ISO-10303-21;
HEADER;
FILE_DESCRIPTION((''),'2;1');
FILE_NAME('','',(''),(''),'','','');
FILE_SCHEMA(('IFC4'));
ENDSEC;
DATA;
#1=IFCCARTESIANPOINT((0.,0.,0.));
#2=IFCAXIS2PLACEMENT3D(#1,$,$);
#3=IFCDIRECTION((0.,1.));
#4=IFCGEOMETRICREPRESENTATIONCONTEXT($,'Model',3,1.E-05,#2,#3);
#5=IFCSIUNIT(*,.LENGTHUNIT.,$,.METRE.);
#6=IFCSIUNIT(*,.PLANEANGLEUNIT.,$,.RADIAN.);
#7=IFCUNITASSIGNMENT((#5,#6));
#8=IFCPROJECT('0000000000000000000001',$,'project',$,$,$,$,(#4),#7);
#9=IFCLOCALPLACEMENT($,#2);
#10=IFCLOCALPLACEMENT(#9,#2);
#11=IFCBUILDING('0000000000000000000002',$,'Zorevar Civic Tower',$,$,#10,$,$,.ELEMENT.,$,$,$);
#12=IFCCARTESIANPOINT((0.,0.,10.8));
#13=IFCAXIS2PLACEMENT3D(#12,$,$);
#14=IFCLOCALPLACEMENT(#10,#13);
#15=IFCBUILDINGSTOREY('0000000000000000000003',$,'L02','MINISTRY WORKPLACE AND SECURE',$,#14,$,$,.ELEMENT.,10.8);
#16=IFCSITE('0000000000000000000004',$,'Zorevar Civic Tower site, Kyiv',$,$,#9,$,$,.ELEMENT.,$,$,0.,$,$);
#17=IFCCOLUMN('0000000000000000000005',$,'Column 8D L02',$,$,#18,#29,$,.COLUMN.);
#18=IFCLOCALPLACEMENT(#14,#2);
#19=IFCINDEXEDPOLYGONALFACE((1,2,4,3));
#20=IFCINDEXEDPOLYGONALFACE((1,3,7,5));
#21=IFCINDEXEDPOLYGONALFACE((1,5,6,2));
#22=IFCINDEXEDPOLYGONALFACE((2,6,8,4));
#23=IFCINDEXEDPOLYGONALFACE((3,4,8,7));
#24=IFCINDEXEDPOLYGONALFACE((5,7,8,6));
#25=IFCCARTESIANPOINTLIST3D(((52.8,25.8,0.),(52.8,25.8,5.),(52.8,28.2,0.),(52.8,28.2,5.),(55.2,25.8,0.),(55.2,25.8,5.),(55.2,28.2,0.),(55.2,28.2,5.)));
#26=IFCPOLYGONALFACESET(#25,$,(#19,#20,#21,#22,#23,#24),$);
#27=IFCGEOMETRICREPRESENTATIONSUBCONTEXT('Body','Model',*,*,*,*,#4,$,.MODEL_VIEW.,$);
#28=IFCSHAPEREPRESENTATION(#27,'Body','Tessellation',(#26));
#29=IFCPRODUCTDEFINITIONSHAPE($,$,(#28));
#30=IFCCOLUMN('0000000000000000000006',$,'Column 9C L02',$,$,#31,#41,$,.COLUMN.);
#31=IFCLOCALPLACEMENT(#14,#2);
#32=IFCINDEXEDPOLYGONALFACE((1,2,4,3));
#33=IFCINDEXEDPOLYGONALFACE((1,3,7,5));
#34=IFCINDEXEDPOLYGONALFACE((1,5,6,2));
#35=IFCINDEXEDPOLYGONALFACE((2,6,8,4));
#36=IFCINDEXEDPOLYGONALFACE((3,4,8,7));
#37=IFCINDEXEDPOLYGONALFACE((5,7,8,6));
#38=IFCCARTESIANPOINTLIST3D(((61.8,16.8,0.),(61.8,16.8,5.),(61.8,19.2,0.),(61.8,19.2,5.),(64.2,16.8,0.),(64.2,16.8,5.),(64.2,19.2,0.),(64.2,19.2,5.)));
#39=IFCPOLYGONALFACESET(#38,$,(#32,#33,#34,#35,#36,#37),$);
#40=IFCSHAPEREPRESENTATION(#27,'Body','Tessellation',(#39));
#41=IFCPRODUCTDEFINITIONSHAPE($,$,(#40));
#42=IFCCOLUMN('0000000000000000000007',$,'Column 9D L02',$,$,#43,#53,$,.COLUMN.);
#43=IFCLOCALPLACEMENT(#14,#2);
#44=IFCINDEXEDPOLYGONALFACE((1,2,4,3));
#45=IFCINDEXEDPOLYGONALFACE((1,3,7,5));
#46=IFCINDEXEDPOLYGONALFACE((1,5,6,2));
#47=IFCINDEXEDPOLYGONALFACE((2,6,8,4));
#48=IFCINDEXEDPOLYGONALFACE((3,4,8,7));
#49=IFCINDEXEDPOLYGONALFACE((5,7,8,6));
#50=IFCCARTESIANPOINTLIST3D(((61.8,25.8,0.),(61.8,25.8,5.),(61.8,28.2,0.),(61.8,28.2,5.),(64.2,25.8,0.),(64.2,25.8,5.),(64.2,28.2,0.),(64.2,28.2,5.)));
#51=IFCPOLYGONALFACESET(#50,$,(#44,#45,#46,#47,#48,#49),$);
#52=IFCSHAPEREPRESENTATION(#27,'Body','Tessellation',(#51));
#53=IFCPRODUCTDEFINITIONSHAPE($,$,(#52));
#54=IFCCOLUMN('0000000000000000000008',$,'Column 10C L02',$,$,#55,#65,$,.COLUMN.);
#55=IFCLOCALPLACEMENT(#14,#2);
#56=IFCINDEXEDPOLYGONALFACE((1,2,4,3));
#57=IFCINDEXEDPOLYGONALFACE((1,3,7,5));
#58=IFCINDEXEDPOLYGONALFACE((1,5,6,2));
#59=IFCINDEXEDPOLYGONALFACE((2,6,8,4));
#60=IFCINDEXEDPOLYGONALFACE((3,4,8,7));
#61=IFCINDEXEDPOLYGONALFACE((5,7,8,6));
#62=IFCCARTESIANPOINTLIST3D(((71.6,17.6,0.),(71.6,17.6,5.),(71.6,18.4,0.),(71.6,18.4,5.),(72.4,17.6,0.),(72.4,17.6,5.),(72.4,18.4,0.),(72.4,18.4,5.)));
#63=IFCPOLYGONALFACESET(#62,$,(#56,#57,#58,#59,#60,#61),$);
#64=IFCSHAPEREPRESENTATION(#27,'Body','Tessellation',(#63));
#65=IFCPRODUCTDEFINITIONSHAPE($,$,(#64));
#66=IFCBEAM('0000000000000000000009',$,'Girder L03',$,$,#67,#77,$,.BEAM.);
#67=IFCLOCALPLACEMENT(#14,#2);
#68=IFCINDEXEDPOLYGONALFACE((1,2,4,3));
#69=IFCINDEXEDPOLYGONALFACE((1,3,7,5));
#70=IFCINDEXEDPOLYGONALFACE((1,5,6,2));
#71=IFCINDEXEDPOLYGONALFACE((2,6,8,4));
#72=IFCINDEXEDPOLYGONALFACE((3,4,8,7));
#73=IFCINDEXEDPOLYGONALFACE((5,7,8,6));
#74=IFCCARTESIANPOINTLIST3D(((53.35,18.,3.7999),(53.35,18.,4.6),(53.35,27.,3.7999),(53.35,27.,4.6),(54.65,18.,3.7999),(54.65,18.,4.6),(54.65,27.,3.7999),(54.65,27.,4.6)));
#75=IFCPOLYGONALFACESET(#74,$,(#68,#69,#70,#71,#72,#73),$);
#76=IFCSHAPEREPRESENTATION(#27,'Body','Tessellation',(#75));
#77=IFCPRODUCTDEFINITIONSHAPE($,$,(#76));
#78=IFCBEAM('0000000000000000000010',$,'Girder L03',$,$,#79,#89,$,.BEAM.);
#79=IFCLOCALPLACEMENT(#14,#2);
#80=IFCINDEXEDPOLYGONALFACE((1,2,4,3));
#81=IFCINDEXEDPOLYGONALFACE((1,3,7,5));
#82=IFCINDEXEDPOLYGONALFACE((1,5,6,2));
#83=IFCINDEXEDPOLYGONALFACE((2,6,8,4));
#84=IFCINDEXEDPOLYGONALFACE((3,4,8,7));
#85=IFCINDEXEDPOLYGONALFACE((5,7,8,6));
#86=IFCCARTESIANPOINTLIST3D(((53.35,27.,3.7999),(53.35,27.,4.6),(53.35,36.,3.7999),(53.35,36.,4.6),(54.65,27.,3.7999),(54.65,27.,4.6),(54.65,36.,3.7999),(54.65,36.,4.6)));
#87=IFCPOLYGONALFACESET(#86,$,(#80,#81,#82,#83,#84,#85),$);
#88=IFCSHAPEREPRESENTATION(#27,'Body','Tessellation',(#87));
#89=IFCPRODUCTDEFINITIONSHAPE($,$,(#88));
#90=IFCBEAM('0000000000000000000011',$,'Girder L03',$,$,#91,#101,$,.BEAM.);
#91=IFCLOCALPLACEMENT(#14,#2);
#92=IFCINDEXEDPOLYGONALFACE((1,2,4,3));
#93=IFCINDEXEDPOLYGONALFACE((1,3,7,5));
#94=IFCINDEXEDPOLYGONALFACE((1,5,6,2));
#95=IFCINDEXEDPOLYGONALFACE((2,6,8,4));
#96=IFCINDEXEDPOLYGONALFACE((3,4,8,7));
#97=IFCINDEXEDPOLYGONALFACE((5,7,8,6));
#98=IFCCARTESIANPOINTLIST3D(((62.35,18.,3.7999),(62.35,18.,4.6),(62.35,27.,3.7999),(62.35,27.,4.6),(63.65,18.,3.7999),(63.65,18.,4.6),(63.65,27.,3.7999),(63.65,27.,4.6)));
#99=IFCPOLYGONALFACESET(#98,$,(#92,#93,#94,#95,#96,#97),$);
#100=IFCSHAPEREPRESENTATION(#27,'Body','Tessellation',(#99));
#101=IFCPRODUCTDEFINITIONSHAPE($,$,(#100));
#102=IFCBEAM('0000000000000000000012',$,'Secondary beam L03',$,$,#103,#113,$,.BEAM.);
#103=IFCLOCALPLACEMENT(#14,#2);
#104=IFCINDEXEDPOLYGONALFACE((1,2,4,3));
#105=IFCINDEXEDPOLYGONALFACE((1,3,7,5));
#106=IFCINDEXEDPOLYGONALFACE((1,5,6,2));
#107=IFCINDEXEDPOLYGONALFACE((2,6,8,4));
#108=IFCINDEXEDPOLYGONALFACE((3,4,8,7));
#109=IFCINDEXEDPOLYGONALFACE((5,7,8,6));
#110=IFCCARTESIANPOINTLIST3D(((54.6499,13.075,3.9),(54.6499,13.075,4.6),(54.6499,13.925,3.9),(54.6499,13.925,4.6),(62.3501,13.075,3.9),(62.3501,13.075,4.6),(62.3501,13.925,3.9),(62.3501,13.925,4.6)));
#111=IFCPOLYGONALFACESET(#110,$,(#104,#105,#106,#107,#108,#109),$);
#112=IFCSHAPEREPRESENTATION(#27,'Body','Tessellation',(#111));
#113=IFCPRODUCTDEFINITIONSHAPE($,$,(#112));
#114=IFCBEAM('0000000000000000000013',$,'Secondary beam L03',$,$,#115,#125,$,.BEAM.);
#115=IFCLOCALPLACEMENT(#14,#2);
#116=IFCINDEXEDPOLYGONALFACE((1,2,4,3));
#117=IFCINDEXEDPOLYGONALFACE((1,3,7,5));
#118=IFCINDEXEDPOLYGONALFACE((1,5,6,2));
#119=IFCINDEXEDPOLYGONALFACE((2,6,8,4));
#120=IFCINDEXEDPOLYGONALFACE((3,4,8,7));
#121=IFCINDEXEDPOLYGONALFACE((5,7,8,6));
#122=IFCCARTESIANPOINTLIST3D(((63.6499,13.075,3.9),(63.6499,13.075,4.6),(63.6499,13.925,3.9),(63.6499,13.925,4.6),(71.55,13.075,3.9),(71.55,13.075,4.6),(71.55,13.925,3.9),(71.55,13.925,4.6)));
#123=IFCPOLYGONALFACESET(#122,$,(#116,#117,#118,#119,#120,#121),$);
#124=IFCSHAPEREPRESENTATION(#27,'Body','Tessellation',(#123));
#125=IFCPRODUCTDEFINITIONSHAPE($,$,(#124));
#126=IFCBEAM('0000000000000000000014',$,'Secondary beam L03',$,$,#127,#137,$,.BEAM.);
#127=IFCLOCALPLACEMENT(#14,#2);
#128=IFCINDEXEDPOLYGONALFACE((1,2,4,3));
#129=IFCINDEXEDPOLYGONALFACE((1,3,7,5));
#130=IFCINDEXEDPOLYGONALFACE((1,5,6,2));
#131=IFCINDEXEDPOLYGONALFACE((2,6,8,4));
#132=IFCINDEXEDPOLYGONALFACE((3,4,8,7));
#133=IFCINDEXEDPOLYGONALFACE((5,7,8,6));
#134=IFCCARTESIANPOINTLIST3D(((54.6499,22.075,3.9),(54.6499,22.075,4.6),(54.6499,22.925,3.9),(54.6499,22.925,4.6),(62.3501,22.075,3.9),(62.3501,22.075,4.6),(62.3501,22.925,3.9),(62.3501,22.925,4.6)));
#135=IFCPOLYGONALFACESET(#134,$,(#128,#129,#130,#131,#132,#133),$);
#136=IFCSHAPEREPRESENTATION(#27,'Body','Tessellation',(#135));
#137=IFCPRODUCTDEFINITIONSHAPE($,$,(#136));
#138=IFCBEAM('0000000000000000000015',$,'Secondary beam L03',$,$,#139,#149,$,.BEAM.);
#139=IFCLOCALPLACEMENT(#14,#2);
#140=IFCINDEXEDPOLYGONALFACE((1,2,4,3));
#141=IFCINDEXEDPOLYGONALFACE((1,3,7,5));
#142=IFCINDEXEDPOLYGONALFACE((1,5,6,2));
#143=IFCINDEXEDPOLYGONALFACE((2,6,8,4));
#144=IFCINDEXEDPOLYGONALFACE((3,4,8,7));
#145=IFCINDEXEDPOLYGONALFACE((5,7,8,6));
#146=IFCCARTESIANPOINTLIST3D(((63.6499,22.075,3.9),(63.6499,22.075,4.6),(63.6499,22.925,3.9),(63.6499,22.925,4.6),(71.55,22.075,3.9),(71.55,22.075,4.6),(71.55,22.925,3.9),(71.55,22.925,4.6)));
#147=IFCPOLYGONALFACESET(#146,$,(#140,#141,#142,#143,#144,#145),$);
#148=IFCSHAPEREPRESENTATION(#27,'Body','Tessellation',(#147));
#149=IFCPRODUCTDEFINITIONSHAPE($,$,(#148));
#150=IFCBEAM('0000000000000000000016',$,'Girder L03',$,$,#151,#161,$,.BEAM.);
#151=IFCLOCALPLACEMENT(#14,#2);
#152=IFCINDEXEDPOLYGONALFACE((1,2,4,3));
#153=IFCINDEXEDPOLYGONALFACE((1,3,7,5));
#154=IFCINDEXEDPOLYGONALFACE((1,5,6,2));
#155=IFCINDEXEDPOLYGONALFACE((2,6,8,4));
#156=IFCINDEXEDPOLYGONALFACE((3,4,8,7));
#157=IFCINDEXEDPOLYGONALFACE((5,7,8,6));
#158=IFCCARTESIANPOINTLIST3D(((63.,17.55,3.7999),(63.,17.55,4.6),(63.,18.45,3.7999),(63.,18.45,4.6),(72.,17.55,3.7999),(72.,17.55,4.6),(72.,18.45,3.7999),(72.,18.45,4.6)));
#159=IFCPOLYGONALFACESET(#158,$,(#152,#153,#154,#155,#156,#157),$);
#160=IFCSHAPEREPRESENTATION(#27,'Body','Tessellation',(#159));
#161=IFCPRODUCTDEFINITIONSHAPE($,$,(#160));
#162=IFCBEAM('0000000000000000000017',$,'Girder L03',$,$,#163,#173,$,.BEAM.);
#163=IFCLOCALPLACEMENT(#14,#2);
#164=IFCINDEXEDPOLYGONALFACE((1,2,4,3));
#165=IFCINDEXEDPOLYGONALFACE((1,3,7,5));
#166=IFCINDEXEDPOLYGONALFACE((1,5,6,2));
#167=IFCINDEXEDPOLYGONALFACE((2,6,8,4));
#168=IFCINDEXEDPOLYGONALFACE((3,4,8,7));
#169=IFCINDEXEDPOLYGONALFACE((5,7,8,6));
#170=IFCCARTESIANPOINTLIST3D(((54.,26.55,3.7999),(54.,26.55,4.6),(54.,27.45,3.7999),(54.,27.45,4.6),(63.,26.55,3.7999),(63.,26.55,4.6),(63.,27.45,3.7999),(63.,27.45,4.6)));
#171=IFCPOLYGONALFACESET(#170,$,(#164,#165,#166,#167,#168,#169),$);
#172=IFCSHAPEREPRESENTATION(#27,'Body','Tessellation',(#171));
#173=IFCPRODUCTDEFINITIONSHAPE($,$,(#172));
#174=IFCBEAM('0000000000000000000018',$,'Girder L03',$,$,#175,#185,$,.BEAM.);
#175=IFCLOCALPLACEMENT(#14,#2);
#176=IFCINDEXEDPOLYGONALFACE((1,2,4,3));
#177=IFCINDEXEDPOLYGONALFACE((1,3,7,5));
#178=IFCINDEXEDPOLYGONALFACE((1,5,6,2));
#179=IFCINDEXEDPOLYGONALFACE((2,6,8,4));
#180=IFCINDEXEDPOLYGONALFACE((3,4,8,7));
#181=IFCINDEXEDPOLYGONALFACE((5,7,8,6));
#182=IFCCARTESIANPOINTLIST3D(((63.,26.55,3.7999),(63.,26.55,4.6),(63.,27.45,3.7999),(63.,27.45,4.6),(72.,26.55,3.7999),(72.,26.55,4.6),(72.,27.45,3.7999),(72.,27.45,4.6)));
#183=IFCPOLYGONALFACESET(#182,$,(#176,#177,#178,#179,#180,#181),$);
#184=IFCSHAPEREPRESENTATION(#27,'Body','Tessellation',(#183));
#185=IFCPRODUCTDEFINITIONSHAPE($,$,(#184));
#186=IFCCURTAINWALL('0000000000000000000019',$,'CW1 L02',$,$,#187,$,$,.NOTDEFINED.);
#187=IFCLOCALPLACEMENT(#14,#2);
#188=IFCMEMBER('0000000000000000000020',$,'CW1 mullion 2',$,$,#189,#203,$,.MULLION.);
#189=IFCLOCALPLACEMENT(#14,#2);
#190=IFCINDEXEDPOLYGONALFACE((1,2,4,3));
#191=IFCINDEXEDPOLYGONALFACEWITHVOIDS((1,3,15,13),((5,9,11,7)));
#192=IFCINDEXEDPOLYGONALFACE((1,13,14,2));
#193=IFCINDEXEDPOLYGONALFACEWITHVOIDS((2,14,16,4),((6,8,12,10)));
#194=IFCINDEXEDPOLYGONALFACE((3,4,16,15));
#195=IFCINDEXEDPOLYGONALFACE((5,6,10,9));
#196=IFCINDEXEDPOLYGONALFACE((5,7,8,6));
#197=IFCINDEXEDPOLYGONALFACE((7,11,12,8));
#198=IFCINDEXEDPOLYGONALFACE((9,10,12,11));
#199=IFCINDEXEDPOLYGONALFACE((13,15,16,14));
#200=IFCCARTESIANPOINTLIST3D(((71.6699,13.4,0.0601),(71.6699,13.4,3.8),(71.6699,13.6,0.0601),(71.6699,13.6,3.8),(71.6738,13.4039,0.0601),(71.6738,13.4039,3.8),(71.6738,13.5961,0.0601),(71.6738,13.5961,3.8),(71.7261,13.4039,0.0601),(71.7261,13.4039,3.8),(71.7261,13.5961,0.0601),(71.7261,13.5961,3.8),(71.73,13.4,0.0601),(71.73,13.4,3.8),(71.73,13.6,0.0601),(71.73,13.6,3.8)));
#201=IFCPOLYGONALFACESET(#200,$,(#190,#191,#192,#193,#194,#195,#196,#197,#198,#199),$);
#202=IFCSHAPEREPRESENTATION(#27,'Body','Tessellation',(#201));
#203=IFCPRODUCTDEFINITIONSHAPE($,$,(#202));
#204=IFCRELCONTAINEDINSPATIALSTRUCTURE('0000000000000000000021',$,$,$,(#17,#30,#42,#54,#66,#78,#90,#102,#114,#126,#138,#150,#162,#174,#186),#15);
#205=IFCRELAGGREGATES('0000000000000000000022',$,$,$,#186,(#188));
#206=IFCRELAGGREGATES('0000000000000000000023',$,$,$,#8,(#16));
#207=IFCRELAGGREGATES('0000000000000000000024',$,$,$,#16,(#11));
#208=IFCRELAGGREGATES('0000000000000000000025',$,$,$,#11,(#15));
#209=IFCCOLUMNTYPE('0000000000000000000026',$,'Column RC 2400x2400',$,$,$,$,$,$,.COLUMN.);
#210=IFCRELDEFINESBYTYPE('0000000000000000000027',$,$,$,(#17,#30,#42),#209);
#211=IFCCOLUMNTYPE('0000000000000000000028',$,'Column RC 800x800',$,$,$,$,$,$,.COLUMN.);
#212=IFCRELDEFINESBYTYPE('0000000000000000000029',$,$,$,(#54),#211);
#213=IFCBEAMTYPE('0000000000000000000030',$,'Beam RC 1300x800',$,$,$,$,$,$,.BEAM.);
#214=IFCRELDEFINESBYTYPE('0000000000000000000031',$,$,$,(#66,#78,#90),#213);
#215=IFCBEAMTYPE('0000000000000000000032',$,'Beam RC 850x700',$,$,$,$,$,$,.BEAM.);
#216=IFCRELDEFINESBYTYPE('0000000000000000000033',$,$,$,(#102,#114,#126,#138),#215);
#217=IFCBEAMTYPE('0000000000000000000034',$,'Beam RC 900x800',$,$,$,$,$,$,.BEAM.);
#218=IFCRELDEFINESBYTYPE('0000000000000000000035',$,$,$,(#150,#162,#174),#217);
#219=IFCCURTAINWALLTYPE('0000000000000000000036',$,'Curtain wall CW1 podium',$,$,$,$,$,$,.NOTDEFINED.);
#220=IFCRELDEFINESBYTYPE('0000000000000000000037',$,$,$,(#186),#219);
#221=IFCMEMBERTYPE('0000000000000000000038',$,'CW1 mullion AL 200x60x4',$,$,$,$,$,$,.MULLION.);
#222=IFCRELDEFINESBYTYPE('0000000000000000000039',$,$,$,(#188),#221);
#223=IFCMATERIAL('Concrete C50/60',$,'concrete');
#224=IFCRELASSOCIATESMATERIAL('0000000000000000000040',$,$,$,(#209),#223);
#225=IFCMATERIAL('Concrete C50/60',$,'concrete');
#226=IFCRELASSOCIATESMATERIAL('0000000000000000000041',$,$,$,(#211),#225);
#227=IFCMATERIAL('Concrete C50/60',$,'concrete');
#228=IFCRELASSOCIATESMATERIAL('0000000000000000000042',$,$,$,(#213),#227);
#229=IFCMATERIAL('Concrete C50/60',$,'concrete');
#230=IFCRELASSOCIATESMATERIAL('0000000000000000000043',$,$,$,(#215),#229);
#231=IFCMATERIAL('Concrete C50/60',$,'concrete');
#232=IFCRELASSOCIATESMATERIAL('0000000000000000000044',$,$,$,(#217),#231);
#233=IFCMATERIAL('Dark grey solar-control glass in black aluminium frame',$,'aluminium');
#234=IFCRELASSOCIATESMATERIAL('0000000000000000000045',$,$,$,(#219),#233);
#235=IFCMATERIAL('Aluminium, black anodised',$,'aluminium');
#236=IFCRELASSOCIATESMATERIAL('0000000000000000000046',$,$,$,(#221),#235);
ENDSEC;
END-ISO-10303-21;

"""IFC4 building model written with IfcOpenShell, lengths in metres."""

from ifc_helpers import new_model, si_unit, direction, frame, origin, origin_2d, place, context, subcontext, project, spatial, rectangle, hollow_rectangle, extrude, material, material_profile, profile_set, type_object, element, aggregate, save


model = new_model("IFC4")

# Units and contexts
model_context = context("Model", 3, precision=1e-05, world=origin(), true_north=direction((0.0, 1.0)))
body_context = subcontext(model_context, "Body", "Model", "MODEL_VIEW")
ifc_project = project(units=[si_unit("LENGTHUNIT", "METRE"), si_unit("PLANEANGLEUNIT", "RADIAN")], contexts=[model_context])

# Site, building, storey
site_placement = place(None, origin())
site = spatial("IfcSite", under=ifc_project, at=site_placement, Name="Zorevar Civic Tower site, Kyiv", CompositionType="ELEMENT", RefElevation=0.0)
building_placement = place(site_placement, origin())
building = spatial("IfcBuilding", under=site, at=building_placement, Name="Zorevar Civic Tower", CompositionType="ELEMENT")
storey_placement = place(building_placement, frame((0.0, 0.0, 10.8)))
storey = spatial("IfcBuildingStorey", under=building, at=storey_placement, Name="L02", Description="MINISTRY WORKPLACE AND SECURE", CompositionType="ELEMENT", Elevation=10.8)

# Columns
ifc_material_1 = material(Name="Concrete C50/60", Category="concrete")
ifc_material_profile_1 = material_profile(ifc_material_1, rectangle(XDim=2.3999, YDim=2.3999, at=origin_2d()), Name="RC 2400x2400")
ifc_profile_set_1 = profile_set([ifc_material_profile_1], Name="Concrete C50/60")
column_type_1 = type_object("IfcColumnType", Name="Column RC 2400x2400", PredefinedType="COLUMN", material=ifc_profile_set_1)
for number, where, z_axis, x_axis, name in (
    (1, (54.0, 27.0, 0.0), (0.0, 0.0, 1.0), (1.0, 0.0, 0.0), "Column 8D L02"),
    (2, (63.0, 18.0, 0.0), (0.0, 0.0, 1.0), (1.0, 0.0, 0.0), "Column 9C L02"),
    (3, (63.0, 27.0, 0.0), (0.0, 0.0, 1.0), (1.0, 0.0, 0.0), "Column 9D L02"),
):
    element("IfcColumn", number, at=place(storey_placement, frame(where, z_axis=z_axis, x_axis=x_axis)), inside=storey, type_object=column_type_1, Name=name, PredefinedType="COLUMN", context=body_context, shape_type="SweptSolid", body=[
        extrude(rectangle(XDim=2.3999, YDim=2.3999, at=origin_2d()), origin(), (0.0, 0.0, 1.0), 5.0),
    ])
ifc_material_2 = material(Name="Concrete C50/60", Category="concrete")
ifc_material_profile_2 = material_profile(ifc_material_2, rectangle(XDim=0.8, YDim=0.8, at=origin_2d()), Name="RC 800x800")
ifc_profile_set_2 = profile_set([ifc_material_profile_2], Name="Concrete C50/60")
column_type_2 = type_object("IfcColumnType", Name="Column RC 800x800", PredefinedType="COLUMN", material=ifc_profile_set_2)
column_placement = place(storey_placement, frame((72.0, 18.0, 0.0), z_axis=(0.0, 0.0, 1.0), x_axis=(1.0, 0.0, 0.0)))
element("IfcColumn", 4, at=column_placement, inside=storey, type_object=column_type_2, Name="Column 10C L02", PredefinedType="COLUMN", context=body_context, shape_type="SweptSolid", body=[
    extrude(rectangle(XDim=0.8, YDim=0.8, at=origin_2d()), origin(), (0.0, 0.0, 1.0), 5.0),
])

# Beams
ifc_material_3 = material(Name="Concrete C50/60", Category="concrete")
ifc_material_profile_3 = material_profile(ifc_material_3, rectangle(XDim=1.3, YDim=0.8, at=origin_2d()), Name="RC 1300x800")
ifc_profile_set_3 = profile_set([ifc_material_profile_3], Name="Concrete C50/60")
beam_type_1 = type_object("IfcBeamType", Name="Beam RC 1300x800", PredefinedType="BEAM", material=ifc_profile_set_3)
for number, where, z_axis, x_axis, name in (
    (5, (54.0, 18.0, 4.2), (0.0, 1.0, 0.0), (-1.0, 0.0, 0.0), "Girder L03"),
    (6, (54.0, 27.0, 4.2), (0.0, 1.0, 0.0), (-1.0, 0.0, 0.0), "Girder L03"),
    (7, (63.0, 18.0, 4.2), (0.0, 1.0, 0.0), (-1.0, 0.0, 0.0), "Girder L03"),
):
    element("IfcBeam", number, at=place(storey_placement, frame(where, z_axis=z_axis, x_axis=x_axis)), inside=storey, type_object=beam_type_1, Name=name, PredefinedType="BEAM", context=body_context, shape_type="SweptSolid", body=[
        extrude(rectangle(XDim=1.3, YDim=0.8, at=origin_2d()), origin(), (0.0, 0.0, 1.0), 9.0),
    ])
ifc_material_4 = material(Name="Concrete C50/60", Category="concrete")
ifc_material_profile_4 = material_profile(ifc_material_4, rectangle(XDim=0.8501, YDim=0.7, at=origin_2d()), Name="RC 850x700")
ifc_profile_set_4 = profile_set([ifc_material_profile_4], Name="Concrete C50/60")
beam_type_2 = type_object("IfcBeamType", Name="Beam RC 850x700", PredefinedType="BEAM", material=ifc_profile_set_4)
beam_1_placement = place(storey_placement, frame((54.6499, 13.5, 4.25), z_axis=(1.0, 0.0, 0.0), x_axis=(0.0, 1.0, 0.0)))
element("IfcBeam", 8, at=beam_1_placement, inside=storey, type_object=beam_type_2, Name="Secondary beam L03", PredefinedType="BEAM", context=body_context, shape_type="SweptSolid", body=[
    extrude(rectangle(XDim=0.8501, YDim=0.7, at=origin_2d()), origin(), (0.0, 0.0, 1.0), 7.7002),
])
beam_2_placement = place(storey_placement, frame((63.6499, 13.5, 4.25), z_axis=(1.0, 0.0, 0.0), x_axis=(0.0, 1.0, 0.0)))
element("IfcBeam", 9, at=beam_2_placement, inside=storey, type_object=beam_type_2, Name="Secondary beam L03", PredefinedType="BEAM", context=body_context, shape_type="SweptSolid", body=[
    extrude(rectangle(XDim=0.8501, YDim=0.7, at=origin_2d()), origin(), (0.0, 0.0, 1.0), 7.9001),
])
beam_3_placement = place(storey_placement, frame((54.6499, 22.5, 4.25), z_axis=(1.0, 0.0, 0.0), x_axis=(0.0, 1.0, 0.0)))
element("IfcBeam", 10, at=beam_3_placement, inside=storey, type_object=beam_type_2, Name="Secondary beam L03", PredefinedType="BEAM", context=body_context, shape_type="SweptSolid", body=[
    extrude(rectangle(XDim=0.8501, YDim=0.7, at=origin_2d()), origin(), (0.0, 0.0, 1.0), 7.7002),
])
beam_4_placement = place(storey_placement, frame((63.6499, 22.5, 4.25), z_axis=(1.0, 0.0, 0.0), x_axis=(0.0, 1.0, 0.0)))
element("IfcBeam", 11, at=beam_4_placement, inside=storey, type_object=beam_type_2, Name="Secondary beam L03", PredefinedType="BEAM", context=body_context, shape_type="SweptSolid", body=[
    extrude(rectangle(XDim=0.8501, YDim=0.7, at=origin_2d()), origin(), (0.0, 0.0, 1.0), 7.9001),
])
ifc_material_5 = material(Name="Concrete C50/60", Category="concrete")
ifc_material_profile_5 = material_profile(ifc_material_5, rectangle(XDim=0.8999, YDim=0.8, at=origin_2d()), Name="RC 900x800")
ifc_profile_set_5 = profile_set([ifc_material_profile_5], Name="Concrete C50/60")
beam_type_3 = type_object("IfcBeamType", Name="Beam RC 900x800", PredefinedType="BEAM", material=ifc_profile_set_5)
for number, where, z_axis, x_axis, name in (
    (12, (63.0, 18.0, 4.2), (1.0, 0.0, 0.0), (0.0, 1.0, 0.0), "Girder L03"),
    (13, (54.0, 27.0, 4.2), (1.0, 0.0, 0.0), (0.0, 1.0, 0.0), "Girder L03"),
    (14, (63.0, 27.0, 4.2), (1.0, 0.0, 0.0), (0.0, 1.0, 0.0), "Girder L03"),
):
    element("IfcBeam", number, at=place(storey_placement, frame(where, z_axis=z_axis, x_axis=x_axis)), inside=storey, type_object=beam_type_3, Name=name, PredefinedType="BEAM", context=body_context, shape_type="SweptSolid", body=[
        extrude(rectangle(XDim=0.8999, YDim=0.8, at=origin_2d()), origin(), (0.0, 0.0, 1.0), 9.0),
    ])

# Curtain wall, member
ifc_material_6 = material(Name="Dark grey solar-control glass in black aluminium frame", Category="aluminium")
curtain_wall_type = type_object("IfcCurtainWallType", Name="Curtain wall CW1 podium", PredefinedType="NOTDEFINED", material=ifc_material_6)
curtain_wall_1_placement = place(storey_placement, origin())
curtain_wall_1 = element("IfcCurtainWall", 15, at=curtain_wall_1_placement, inside=storey, type_object=curtain_wall_type, Name="CW1 L02", PredefinedType="NOTDEFINED")
ifc_material_7 = material(Name="Aluminium, black anodised", Category="aluminium")
ifc_material_profile_6 = material_profile(ifc_material_7, hollow_rectangle(XDim=0.0601, YDim=0.2, WallThickness=0.0039, at=origin_2d()), Name="AL 200x60x4")
ifc_profile_set_6 = profile_set([ifc_material_profile_6], Name="Aluminium, black anodised")
member_type_1 = type_object("IfcMemberType", Name="CW1 mullion AL 200x60x4", PredefinedType="MULLION", material=ifc_profile_set_6)
member_1_placement = place(storey_placement, frame((71.7, 13.5, 0.0601), z_axis=(0.0, 0.0, 1.0), x_axis=(-1.0, 0.0, 0.0)))
member_1 = element("IfcMember", 16, at=member_1_placement, type_object=member_type_1, Name="CW1 mullion 2", PredefinedType="MULLION", context=body_context, shape_type="SweptSolid", body=[
    extrude(hollow_rectangle(XDim=0.0601, YDim=0.2, WallThickness=0.0039, at=origin_2d()), origin(), (0.0, 0.0, 1.0), 3.74),
])

aggregate(curtain_wall_1, [member_1])

save(model, "model.ifc")
